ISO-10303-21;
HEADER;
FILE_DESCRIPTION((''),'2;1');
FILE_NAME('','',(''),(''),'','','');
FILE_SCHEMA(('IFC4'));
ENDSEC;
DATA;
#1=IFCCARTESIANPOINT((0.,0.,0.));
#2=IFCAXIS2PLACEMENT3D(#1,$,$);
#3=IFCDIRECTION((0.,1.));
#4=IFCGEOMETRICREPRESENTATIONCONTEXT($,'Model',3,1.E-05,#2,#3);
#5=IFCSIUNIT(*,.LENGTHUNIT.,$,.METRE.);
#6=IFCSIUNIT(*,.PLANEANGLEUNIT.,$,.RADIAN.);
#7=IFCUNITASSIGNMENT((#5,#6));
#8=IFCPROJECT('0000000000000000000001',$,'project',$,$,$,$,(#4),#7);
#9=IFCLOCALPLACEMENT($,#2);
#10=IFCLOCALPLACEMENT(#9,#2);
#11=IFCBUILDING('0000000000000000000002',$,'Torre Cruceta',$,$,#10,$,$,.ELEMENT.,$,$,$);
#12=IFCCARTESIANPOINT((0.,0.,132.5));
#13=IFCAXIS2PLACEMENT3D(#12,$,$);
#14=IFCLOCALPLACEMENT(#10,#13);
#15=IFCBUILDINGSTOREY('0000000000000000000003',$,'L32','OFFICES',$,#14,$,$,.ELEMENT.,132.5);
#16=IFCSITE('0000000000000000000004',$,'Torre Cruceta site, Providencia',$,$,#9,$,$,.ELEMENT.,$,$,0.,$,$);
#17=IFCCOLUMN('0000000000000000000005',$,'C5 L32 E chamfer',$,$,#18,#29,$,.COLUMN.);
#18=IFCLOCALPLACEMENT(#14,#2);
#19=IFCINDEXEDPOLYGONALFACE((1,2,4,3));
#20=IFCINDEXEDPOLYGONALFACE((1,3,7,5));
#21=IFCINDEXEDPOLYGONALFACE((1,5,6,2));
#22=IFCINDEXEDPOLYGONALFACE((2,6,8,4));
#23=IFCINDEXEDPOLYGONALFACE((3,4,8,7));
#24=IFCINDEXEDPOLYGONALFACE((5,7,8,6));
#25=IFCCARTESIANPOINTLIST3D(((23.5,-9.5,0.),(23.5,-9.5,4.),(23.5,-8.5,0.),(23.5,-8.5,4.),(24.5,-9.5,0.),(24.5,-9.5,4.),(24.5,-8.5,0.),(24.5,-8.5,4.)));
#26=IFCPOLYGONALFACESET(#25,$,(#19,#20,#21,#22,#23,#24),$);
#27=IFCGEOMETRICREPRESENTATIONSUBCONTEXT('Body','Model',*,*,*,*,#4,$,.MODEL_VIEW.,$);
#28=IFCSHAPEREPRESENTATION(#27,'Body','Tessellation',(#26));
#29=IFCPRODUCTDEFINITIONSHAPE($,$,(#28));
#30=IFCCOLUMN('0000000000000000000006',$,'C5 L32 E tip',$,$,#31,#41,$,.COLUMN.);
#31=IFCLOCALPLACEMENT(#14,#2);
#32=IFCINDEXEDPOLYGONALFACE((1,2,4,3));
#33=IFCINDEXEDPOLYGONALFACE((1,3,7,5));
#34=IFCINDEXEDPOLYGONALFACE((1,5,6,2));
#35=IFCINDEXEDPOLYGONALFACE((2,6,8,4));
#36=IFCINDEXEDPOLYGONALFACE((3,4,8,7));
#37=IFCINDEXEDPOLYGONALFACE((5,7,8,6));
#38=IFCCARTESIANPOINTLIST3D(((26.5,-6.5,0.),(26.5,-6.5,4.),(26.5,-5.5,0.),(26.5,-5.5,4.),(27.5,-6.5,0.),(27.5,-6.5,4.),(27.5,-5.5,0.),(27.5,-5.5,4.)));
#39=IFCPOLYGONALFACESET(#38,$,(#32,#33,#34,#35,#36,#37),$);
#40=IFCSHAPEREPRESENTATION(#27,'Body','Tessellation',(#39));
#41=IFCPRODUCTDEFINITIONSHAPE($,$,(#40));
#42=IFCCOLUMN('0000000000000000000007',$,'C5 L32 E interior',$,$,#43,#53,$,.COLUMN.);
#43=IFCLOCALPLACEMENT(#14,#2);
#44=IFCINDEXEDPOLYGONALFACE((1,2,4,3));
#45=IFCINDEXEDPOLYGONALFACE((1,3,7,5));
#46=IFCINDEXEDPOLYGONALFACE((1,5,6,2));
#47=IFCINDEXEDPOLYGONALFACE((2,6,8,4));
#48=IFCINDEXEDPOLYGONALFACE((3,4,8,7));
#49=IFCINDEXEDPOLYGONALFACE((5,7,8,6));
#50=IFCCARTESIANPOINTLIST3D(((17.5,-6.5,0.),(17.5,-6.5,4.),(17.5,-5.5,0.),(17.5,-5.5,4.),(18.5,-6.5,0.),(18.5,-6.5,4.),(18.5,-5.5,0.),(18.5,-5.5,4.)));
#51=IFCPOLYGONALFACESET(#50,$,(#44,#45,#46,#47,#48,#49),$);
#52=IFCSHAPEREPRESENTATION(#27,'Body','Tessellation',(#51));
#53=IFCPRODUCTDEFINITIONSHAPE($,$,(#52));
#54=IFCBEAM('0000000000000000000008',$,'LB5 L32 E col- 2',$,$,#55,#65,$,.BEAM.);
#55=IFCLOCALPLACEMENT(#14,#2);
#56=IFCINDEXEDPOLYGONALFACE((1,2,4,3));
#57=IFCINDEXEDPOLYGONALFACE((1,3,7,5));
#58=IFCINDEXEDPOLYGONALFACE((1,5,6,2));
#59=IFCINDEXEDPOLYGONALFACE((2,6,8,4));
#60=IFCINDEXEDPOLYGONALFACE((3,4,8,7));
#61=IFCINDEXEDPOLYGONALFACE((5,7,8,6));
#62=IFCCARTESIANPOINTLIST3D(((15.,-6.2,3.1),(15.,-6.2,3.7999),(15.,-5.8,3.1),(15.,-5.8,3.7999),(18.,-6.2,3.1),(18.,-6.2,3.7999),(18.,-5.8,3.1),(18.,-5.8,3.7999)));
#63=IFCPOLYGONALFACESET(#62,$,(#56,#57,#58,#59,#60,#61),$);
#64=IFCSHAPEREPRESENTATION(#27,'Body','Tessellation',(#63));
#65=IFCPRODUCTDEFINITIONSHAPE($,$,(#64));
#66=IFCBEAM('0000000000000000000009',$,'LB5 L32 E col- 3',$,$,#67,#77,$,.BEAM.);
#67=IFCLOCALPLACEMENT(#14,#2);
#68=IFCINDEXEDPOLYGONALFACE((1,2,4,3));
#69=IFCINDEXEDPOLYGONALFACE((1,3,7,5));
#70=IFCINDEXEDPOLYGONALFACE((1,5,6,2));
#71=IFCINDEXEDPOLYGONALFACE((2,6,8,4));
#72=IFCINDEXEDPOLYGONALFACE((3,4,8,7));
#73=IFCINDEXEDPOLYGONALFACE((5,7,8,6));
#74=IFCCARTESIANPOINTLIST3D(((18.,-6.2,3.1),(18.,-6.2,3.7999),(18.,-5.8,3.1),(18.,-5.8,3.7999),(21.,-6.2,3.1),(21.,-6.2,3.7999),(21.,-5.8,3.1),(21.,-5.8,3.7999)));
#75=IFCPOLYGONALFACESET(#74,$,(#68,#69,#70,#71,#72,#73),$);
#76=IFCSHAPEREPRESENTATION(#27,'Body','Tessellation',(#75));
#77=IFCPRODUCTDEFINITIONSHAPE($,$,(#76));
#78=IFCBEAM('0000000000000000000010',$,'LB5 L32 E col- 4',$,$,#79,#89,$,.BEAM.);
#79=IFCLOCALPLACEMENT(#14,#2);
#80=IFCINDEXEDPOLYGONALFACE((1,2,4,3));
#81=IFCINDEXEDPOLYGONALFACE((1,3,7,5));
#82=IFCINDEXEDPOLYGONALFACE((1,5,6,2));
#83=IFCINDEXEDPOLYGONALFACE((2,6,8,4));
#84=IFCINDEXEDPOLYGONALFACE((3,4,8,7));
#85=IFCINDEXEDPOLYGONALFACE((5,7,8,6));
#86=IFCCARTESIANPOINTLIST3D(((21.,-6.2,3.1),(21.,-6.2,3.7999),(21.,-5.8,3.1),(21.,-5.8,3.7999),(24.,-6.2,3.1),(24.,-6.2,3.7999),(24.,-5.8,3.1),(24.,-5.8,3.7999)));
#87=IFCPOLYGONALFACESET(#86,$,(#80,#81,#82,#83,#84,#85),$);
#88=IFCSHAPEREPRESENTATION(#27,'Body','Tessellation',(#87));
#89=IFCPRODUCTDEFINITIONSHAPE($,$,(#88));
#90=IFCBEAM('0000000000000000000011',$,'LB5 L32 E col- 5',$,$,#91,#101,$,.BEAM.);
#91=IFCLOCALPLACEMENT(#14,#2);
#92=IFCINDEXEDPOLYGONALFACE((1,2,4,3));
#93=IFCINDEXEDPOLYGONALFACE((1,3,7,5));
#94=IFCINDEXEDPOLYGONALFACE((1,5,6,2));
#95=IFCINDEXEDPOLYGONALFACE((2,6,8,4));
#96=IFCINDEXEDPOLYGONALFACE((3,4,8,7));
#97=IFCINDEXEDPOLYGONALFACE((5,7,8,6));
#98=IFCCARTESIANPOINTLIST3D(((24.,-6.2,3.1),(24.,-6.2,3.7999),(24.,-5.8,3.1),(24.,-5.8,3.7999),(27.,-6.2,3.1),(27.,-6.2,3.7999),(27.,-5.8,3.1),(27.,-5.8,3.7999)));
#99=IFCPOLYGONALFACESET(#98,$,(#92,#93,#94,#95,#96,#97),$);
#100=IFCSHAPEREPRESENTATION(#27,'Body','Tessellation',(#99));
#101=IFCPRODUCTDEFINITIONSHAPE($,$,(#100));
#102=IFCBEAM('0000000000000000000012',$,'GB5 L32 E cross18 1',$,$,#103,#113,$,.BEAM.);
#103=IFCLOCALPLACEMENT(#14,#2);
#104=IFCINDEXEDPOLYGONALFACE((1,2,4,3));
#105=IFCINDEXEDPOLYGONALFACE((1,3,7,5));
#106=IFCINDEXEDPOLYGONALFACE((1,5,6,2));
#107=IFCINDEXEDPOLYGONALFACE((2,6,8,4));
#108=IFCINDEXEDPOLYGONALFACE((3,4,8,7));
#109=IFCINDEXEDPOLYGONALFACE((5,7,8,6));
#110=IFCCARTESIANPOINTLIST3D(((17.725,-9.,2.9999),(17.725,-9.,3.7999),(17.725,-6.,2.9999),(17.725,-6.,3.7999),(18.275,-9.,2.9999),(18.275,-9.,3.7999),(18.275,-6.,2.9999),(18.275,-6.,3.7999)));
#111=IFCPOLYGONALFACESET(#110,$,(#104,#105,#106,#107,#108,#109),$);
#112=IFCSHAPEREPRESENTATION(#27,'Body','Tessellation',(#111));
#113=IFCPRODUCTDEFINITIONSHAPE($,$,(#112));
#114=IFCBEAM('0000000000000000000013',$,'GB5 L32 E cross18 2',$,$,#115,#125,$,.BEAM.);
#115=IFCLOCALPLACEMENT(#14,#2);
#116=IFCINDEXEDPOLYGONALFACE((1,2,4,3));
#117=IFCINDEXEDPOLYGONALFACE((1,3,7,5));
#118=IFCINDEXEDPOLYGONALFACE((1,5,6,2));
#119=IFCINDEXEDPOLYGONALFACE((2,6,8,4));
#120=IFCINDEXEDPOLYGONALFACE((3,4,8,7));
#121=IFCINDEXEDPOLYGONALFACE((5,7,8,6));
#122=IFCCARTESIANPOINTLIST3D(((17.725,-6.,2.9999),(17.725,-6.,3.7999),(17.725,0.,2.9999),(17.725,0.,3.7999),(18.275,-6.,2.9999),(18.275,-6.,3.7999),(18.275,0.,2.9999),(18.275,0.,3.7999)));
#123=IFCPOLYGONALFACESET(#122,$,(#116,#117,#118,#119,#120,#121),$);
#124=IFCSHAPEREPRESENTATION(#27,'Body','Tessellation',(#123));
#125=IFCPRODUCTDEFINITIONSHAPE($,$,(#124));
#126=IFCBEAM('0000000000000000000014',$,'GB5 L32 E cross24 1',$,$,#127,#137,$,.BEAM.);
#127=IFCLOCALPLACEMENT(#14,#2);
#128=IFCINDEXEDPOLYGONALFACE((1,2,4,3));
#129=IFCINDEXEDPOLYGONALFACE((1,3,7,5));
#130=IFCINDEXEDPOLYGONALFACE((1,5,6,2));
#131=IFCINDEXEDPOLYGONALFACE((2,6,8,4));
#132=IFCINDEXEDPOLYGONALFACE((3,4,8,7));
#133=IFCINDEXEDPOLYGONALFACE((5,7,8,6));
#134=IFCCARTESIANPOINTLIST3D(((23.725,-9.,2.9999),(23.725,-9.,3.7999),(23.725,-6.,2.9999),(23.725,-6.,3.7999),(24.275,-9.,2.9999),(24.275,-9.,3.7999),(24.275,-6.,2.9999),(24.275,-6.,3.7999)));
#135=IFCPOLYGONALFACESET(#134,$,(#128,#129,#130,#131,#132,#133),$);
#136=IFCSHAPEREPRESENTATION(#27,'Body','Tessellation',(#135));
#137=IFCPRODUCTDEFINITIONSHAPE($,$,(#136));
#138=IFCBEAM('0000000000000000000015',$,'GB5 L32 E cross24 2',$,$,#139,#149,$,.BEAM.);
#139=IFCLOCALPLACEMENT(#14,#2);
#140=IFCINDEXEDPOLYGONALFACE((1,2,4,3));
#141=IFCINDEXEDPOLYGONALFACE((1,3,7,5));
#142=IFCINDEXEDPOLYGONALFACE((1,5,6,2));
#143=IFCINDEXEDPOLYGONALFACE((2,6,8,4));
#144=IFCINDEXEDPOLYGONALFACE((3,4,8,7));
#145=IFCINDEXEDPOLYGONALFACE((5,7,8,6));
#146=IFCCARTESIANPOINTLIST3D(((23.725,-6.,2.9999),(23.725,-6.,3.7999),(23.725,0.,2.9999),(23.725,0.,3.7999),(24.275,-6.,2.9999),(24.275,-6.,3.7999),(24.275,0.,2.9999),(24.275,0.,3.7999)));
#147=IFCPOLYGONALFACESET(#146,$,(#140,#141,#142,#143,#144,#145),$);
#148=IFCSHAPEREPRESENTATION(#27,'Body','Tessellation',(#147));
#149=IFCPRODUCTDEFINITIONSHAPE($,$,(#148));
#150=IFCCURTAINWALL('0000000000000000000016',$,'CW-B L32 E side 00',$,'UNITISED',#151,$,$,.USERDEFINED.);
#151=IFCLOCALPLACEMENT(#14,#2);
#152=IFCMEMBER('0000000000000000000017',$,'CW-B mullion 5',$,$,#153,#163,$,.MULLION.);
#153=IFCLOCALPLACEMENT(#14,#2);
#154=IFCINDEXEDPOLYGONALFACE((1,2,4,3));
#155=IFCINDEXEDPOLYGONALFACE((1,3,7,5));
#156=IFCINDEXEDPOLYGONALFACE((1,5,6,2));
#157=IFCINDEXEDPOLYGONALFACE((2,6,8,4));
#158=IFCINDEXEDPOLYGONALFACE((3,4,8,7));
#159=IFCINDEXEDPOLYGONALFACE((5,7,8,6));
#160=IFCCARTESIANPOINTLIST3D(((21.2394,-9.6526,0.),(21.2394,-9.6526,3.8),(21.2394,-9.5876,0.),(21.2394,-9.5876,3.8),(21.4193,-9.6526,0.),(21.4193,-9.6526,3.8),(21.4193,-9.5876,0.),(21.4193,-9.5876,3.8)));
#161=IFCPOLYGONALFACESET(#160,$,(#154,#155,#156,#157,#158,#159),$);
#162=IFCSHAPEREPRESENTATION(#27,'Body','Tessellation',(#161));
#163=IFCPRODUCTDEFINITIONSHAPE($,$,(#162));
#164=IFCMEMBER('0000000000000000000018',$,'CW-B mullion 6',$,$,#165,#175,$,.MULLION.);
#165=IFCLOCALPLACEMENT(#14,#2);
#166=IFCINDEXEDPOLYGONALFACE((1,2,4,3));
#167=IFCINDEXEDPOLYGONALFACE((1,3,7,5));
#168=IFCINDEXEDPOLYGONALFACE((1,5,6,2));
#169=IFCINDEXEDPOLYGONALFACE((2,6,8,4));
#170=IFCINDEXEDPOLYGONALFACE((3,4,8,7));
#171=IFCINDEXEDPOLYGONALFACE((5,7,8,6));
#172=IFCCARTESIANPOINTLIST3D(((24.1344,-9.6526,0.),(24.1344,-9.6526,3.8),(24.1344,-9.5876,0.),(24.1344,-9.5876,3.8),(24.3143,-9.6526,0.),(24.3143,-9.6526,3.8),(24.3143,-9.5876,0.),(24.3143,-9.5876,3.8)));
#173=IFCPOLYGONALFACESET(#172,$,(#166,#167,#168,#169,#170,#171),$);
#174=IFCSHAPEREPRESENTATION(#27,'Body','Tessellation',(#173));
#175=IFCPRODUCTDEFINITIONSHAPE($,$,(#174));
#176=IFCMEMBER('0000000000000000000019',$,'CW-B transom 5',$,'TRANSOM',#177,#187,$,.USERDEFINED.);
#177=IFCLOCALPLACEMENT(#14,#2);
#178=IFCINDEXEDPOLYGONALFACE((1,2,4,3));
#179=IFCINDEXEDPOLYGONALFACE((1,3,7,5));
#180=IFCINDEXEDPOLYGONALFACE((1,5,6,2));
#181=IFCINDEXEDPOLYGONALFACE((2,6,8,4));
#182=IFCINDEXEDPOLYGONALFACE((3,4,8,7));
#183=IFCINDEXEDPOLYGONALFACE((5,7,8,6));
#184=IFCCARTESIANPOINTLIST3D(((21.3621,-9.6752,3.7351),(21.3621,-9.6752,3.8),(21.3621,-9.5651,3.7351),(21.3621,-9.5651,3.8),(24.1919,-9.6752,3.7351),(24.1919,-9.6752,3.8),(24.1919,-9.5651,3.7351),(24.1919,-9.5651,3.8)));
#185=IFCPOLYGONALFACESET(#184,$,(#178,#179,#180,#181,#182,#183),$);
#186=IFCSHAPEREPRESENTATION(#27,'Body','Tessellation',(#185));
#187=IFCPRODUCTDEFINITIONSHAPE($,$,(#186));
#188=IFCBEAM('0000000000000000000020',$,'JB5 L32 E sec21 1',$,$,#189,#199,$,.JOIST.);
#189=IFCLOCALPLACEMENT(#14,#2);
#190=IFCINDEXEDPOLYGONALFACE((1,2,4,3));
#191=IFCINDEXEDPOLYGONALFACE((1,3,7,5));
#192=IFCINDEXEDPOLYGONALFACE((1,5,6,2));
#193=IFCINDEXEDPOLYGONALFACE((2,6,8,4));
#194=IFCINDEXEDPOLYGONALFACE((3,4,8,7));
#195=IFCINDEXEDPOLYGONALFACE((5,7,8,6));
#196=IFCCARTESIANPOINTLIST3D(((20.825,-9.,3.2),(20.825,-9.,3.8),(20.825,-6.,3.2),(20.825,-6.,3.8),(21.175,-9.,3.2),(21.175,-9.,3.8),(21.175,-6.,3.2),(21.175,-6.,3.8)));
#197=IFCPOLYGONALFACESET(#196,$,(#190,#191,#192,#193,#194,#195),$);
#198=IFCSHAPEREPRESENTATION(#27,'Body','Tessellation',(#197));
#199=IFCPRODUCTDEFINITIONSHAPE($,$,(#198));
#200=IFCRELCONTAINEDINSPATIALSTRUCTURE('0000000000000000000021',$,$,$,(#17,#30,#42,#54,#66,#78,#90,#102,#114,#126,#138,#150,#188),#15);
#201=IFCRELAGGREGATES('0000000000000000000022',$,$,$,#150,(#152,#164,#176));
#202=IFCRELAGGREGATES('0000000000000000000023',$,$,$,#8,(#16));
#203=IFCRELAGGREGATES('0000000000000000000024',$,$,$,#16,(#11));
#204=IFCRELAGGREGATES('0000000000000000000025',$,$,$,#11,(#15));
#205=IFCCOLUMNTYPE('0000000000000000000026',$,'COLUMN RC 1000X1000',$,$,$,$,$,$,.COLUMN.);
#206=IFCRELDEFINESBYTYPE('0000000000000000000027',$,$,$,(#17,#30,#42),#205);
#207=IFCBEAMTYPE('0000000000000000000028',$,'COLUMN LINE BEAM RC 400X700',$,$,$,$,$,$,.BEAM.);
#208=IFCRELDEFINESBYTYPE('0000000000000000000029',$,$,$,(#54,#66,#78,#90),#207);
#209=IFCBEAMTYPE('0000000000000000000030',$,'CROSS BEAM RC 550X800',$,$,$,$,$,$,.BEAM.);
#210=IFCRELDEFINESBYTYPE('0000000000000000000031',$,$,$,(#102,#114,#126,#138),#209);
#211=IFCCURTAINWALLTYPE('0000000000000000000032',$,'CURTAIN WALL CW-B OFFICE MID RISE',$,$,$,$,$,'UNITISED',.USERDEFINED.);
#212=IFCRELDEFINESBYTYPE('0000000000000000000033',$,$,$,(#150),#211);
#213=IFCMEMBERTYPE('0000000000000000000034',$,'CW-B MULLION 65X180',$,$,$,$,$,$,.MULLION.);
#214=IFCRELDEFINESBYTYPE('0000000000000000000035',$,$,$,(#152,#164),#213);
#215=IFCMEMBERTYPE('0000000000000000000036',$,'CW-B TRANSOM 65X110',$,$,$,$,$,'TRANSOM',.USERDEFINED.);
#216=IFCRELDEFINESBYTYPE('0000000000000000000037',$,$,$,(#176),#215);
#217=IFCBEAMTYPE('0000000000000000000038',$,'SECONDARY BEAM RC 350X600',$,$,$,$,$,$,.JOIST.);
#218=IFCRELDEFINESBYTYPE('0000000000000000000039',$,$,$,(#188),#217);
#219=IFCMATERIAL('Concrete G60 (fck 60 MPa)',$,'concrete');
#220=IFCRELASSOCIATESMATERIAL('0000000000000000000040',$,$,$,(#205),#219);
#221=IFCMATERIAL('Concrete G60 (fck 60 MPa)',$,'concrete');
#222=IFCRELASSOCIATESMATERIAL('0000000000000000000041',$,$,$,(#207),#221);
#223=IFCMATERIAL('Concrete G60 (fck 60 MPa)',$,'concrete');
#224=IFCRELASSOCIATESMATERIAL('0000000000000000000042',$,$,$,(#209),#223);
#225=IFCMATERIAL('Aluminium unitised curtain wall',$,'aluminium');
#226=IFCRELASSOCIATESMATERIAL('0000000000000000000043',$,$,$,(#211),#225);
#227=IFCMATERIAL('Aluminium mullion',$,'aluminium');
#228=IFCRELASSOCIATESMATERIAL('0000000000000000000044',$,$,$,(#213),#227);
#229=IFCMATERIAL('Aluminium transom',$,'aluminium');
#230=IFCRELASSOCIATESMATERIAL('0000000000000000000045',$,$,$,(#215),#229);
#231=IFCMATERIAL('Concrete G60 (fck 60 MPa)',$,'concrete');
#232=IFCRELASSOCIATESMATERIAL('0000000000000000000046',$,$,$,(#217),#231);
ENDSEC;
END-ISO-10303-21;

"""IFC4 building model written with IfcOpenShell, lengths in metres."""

from ifc_helpers import new_model, si_unit, direction, frame, origin, origin_2d, place, context, subcontext, project, spatial, rectangle, extrude, material, material_profile, profile_set, type_object, element, aggregate, save


model = new_model("IFC4")

# Units and contexts
model_context = context("Model", 3, precision=1e-05, world=origin(), true_north=direction((0.0, 1.0)))
body_context = subcontext(model_context, "Body", "Model", "MODEL_VIEW")
ifc_project = project(units=[si_unit("LENGTHUNIT", "METRE"), si_unit("PLANEANGLEUNIT", "RADIAN")], contexts=[model_context])

# Site, building, storey
site_placement = place(None, origin())
site = spatial("IfcSite", under=ifc_project, at=site_placement, Name="Torre Cruceta site, Providencia", CompositionType="ELEMENT", RefElevation=0.0)
building_placement = place(site_placement, origin())
building = spatial("IfcBuilding", under=site, at=building_placement, Name="Torre Cruceta", CompositionType="ELEMENT")
storey_placement = place(building_placement, frame((0.0, 0.0, 132.5)))
storey = spatial("IfcBuildingStorey", under=building, at=storey_placement, Name="L32", Description="OFFICES", CompositionType="ELEMENT", Elevation=132.5)

# Columns
ifc_material_1 = material(Name="Concrete G60 (fck 60 MPa)", Category="concrete")
ifc_material_profile_1 = material_profile(ifc_material_1, rectangle(XDim=1.0, YDim=1.0, at=origin_2d()), Name="RC 1000X1000")
ifc_profile_set_1 = profile_set([ifc_material_profile_1], Name="Concrete G60 (fck 60 MPa)")
column_type = type_object("IfcColumnType", Name="COLUMN RC 1000X1000", PredefinedType="COLUMN", material=ifc_profile_set_1)
for number, where, z_axis, x_axis, name in (
    (1, (24.0, -9.0, 0.0), (0.0, 0.0, 1.0), (1.0, 0.0, 0.0), "C5 L32 E chamfer"),
    (2, (27.0, -6.0, 0.0), (0.0, 0.0, 1.0), (1.0, 0.0, 0.0), "C5 L32 E tip"),
    (3, (18.0, -6.0, 0.0), (0.0, 0.0, 1.0), (1.0, 0.0, 0.0), "C5 L32 E interior"),
):
    element("IfcColumn", number, at=place(storey_placement, frame(where, z_axis=z_axis, x_axis=x_axis)), inside=storey, type_object=column_type, Name=name, PredefinedType="COLUMN", context=body_context, shape_type="SweptSolid", body=[
        extrude(rectangle(XDim=1.0, YDim=1.0, at=origin_2d()), origin(), (0.0, 0.0, 1.0), 4.0),
    ])

# Beams
ifc_material_2 = material(Name="Concrete G60 (fck 60 MPa)", Category="concrete")
ifc_material_profile_2 = material_profile(ifc_material_2, rectangle(XDim=0.3999, YDim=0.7, at=origin_2d()), Name="RC 400X700")
ifc_profile_set_2 = profile_set([ifc_material_profile_2], Name="Concrete G60 (fck 60 MPa)")
beam_type_1 = type_object("IfcBeamType", Name="COLUMN LINE BEAM RC 400X700", PredefinedType="BEAM", material=ifc_profile_set_2)
for number, where, z_axis, x_axis, name in (
    (4, (15.0, -6.0, 3.45), (1.0, 0.0, 0.0), (0.0, 1.0, 0.0), "LB5 L32 E col- 2"),
    (5, (18.0, -6.0, 3.45), (1.0, 0.0, 0.0), (0.0, 1.0, 0.0), "LB5 L32 E col- 3"),
    (6, (21.0, -6.0, 3.45), (1.0, 0.0, 0.0), (0.0, 1.0, 0.0), "LB5 L32 E col- 4"),
    (7, (24.0, -6.0, 3.45), (1.0, 0.0, 0.0), (0.0, 1.0, 0.0), "LB5 L32 E col- 5"),
):
    element("IfcBeam", number, at=place(storey_placement, frame(where, z_axis=z_axis, x_axis=x_axis)), inside=storey, type_object=beam_type_1, Name=name, PredefinedType="BEAM", context=body_context, shape_type="SweptSolid", body=[
        extrude(rectangle(XDim=0.3999, YDim=0.7, at=origin_2d()), origin(), (0.0, 0.0, 1.0), 3.0),
    ])
ifc_material_3 = material(Name="Concrete G60 (fck 60 MPa)", Category="concrete")
ifc_material_profile_3 = material_profile(ifc_material_3, rectangle(XDim=0.55, YDim=0.8, at=origin_2d()), Name="RC 550X800")
ifc_profile_set_3 = profile_set([ifc_material_profile_3], Name="Concrete G60 (fck 60 MPa)")
beam_type_2 = type_object("IfcBeamType", Name="CROSS BEAM RC 550X800", PredefinedType="BEAM", material=ifc_profile_set_3)
beam_1_placement = place(storey_placement, frame((18.0, -9.0, 3.3999), z_axis=(0.0, 1.0, 0.0), x_axis=(-1.0, 0.0, 0.0)))
element("IfcBeam", 8, at=beam_1_placement, inside=storey, type_object=beam_type_2, Name="GB5 L32 E cross18 1", PredefinedType="BEAM", context=body_context, shape_type="SweptSolid", body=[
    extrude(rectangle(XDim=0.55, YDim=0.8, at=origin_2d()), origin(), (0.0, 0.0, 1.0), 3.0),
])
beam_2_placement = place(storey_placement, frame((18.0, -6.0, 3.3999), z_axis=(0.0, 1.0, 0.0), x_axis=(-1.0, 0.0, 0.0)))
element("IfcBeam", 9, at=beam_2_placement, inside=storey, type_object=beam_type_2, Name="GB5 L32 E cross18 2", PredefinedType="BEAM", context=body_context, shape_type="SweptSolid", body=[
    extrude(rectangle(XDim=0.55, YDim=0.8, at=origin_2d()), origin(), (0.0, 0.0, 1.0), 6.0),
])
beam_3_placement = place(storey_placement, frame((24.0, -9.0, 3.3999), z_axis=(0.0, 1.0, 0.0), x_axis=(-1.0, 0.0, 0.0)))
element("IfcBeam", 10, at=beam_3_placement, inside=storey, type_object=beam_type_2, Name="GB5 L32 E cross24 1", PredefinedType="BEAM", context=body_context, shape_type="SweptSolid", body=[
    extrude(rectangle(XDim=0.55, YDim=0.8, at=origin_2d()), origin(), (0.0, 0.0, 1.0), 3.0),
])
beam_4_placement = place(storey_placement, frame((24.0, -6.0, 3.3999), z_axis=(0.0, 1.0, 0.0), x_axis=(-1.0, 0.0, 0.0)))
element("IfcBeam", 11, at=beam_4_placement, inside=storey, type_object=beam_type_2, Name="GB5 L32 E cross24 2", PredefinedType="BEAM", context=body_context, shape_type="SweptSolid", body=[
    extrude(rectangle(XDim=0.55, YDim=0.8, at=origin_2d()), origin(), (0.0, 0.0, 1.0), 6.0),
])

# Curtain wall, members
ifc_material_4 = material(Name="Aluminium unitised curtain wall", Category="aluminium")
curtain_wall_type = type_object("IfcCurtainWallType", Name="CURTAIN WALL CW-B OFFICE MID RISE", ElementType="UNITISED", PredefinedType="USERDEFINED", material=ifc_material_4)
curtain_wall_placement = place(storey_placement, origin())
curtain_wall = element("IfcCurtainWall", 12, at=curtain_wall_placement, inside=storey, type_object=curtain_wall_type, Name="CW-B L32 E side 00", ObjectType="UNITISED", PredefinedType="USERDEFINED")
ifc_material_5 = material(Name="Aluminium mullion", Category="aluminium")
ifc_material_profile_4 = material_profile(ifc_material_5, rectangle(XDim=0.0649, YDim=0.1799, at=origin_2d()), Name="AL 65X180")
ifc_profile_set_4 = profile_set([ifc_material_profile_4], Name="Aluminium mullion")
member_type_1 = type_object("IfcMemberType", Name="CW-B MULLION 65X180", PredefinedType="MULLION", material=ifc_profile_set_4)
member_1_placement = place(storey_placement, frame((21.3293, -9.6201, 0.0), z_axis=(0.0, 0.0, 1.0), x_axis=(0.0, 1.0, 0.0)))
member_1 = element("IfcMember", 13, at=member_1_placement, type_object=member_type_1, Name="CW-B mullion 5", PredefinedType="MULLION", context=body_context, shape_type="SweptSolid", body=[
    extrude(rectangle(XDim=0.0649, YDim=0.1799, at=origin_2d()), origin(), (0.0, 0.0, 1.0), 3.8),
])
member_2_placement = place(storey_placement, frame((24.2244, -9.6201, 0.0), z_axis=(0.0, 0.0, 1.0), x_axis=(0.0, 1.0, 0.0)))
member_2 = element("IfcMember", 14, at=member_2_placement, type_object=member_type_1, Name="CW-B mullion 6", PredefinedType="MULLION", context=body_context, shape_type="SweptSolid", body=[
    extrude(rectangle(XDim=0.0649, YDim=0.1799, at=origin_2d()), origin(), (0.0, 0.0, 1.0), 3.8),
])
ifc_material_6 = material(Name="Aluminium transom", Category="aluminium")
ifc_material_profile_5 = material_profile(ifc_material_6, rectangle(XDim=0.1101, YDim=0.0649, at=origin_2d()), Name="AL 110X65")
ifc_profile_set_5 = profile_set([ifc_material_profile_5], Name="Aluminium transom")
member_type_2 = type_object("IfcMemberType", Name="CW-B TRANSOM 65X110", ElementType="TRANSOM", PredefinedType="USERDEFINED", material=ifc_profile_set_5)
member_3_placement = place(storey_placement, frame((21.3621, -9.6201, 3.7676), z_axis=(1.0, 0.0, 0.0), x_axis=(0.0, 1.0, 0.0)))
member_3 = element("IfcMember", 15, at=member_3_placement, type_object=member_type_2, Name="CW-B transom 5", ObjectType="TRANSOM", PredefinedType="USERDEFINED", context=body_context, shape_type="SweptSolid", body=[
    extrude(rectangle(XDim=0.1101, YDim=0.0649, at=origin_2d()), origin(), (0.0, 0.0, 1.0), 2.8298),
])

# Beam
ifc_material_7 = material(Name="Concrete G60 (fck 60 MPa)", Category="concrete")
ifc_material_profile_6 = material_profile(ifc_material_7, rectangle(XDim=0.3501, YDim=0.6001, at=origin_2d()), Name="RC 350X600")
ifc_profile_set_6 = profile_set([ifc_material_profile_6], Name="Concrete G60 (fck 60 MPa)")
beam_type_3 = type_object("IfcBeamType", Name="SECONDARY BEAM RC 350X600", PredefinedType="JOIST", material=ifc_profile_set_6)
beam_5_placement = place(storey_placement, frame((21.0, -9.0, 3.5), z_axis=(0.0, 1.0, 0.0), x_axis=(-1.0, 0.0, 0.0)))
element("IfcBeam", 16, at=beam_5_placement, inside=storey, type_object=beam_type_3, Name="JB5 L32 E sec21 1", PredefinedType="JOIST", context=body_context, shape_type="SweptSolid", body=[
    extrude(rectangle(XDim=0.3501, YDim=0.6001, at=origin_2d()), origin(), (0.0, 0.0, 1.0), 3.0),
])

aggregate(curtain_wall, [member_1, member_2, member_3])

save(model, "model.ifc")
